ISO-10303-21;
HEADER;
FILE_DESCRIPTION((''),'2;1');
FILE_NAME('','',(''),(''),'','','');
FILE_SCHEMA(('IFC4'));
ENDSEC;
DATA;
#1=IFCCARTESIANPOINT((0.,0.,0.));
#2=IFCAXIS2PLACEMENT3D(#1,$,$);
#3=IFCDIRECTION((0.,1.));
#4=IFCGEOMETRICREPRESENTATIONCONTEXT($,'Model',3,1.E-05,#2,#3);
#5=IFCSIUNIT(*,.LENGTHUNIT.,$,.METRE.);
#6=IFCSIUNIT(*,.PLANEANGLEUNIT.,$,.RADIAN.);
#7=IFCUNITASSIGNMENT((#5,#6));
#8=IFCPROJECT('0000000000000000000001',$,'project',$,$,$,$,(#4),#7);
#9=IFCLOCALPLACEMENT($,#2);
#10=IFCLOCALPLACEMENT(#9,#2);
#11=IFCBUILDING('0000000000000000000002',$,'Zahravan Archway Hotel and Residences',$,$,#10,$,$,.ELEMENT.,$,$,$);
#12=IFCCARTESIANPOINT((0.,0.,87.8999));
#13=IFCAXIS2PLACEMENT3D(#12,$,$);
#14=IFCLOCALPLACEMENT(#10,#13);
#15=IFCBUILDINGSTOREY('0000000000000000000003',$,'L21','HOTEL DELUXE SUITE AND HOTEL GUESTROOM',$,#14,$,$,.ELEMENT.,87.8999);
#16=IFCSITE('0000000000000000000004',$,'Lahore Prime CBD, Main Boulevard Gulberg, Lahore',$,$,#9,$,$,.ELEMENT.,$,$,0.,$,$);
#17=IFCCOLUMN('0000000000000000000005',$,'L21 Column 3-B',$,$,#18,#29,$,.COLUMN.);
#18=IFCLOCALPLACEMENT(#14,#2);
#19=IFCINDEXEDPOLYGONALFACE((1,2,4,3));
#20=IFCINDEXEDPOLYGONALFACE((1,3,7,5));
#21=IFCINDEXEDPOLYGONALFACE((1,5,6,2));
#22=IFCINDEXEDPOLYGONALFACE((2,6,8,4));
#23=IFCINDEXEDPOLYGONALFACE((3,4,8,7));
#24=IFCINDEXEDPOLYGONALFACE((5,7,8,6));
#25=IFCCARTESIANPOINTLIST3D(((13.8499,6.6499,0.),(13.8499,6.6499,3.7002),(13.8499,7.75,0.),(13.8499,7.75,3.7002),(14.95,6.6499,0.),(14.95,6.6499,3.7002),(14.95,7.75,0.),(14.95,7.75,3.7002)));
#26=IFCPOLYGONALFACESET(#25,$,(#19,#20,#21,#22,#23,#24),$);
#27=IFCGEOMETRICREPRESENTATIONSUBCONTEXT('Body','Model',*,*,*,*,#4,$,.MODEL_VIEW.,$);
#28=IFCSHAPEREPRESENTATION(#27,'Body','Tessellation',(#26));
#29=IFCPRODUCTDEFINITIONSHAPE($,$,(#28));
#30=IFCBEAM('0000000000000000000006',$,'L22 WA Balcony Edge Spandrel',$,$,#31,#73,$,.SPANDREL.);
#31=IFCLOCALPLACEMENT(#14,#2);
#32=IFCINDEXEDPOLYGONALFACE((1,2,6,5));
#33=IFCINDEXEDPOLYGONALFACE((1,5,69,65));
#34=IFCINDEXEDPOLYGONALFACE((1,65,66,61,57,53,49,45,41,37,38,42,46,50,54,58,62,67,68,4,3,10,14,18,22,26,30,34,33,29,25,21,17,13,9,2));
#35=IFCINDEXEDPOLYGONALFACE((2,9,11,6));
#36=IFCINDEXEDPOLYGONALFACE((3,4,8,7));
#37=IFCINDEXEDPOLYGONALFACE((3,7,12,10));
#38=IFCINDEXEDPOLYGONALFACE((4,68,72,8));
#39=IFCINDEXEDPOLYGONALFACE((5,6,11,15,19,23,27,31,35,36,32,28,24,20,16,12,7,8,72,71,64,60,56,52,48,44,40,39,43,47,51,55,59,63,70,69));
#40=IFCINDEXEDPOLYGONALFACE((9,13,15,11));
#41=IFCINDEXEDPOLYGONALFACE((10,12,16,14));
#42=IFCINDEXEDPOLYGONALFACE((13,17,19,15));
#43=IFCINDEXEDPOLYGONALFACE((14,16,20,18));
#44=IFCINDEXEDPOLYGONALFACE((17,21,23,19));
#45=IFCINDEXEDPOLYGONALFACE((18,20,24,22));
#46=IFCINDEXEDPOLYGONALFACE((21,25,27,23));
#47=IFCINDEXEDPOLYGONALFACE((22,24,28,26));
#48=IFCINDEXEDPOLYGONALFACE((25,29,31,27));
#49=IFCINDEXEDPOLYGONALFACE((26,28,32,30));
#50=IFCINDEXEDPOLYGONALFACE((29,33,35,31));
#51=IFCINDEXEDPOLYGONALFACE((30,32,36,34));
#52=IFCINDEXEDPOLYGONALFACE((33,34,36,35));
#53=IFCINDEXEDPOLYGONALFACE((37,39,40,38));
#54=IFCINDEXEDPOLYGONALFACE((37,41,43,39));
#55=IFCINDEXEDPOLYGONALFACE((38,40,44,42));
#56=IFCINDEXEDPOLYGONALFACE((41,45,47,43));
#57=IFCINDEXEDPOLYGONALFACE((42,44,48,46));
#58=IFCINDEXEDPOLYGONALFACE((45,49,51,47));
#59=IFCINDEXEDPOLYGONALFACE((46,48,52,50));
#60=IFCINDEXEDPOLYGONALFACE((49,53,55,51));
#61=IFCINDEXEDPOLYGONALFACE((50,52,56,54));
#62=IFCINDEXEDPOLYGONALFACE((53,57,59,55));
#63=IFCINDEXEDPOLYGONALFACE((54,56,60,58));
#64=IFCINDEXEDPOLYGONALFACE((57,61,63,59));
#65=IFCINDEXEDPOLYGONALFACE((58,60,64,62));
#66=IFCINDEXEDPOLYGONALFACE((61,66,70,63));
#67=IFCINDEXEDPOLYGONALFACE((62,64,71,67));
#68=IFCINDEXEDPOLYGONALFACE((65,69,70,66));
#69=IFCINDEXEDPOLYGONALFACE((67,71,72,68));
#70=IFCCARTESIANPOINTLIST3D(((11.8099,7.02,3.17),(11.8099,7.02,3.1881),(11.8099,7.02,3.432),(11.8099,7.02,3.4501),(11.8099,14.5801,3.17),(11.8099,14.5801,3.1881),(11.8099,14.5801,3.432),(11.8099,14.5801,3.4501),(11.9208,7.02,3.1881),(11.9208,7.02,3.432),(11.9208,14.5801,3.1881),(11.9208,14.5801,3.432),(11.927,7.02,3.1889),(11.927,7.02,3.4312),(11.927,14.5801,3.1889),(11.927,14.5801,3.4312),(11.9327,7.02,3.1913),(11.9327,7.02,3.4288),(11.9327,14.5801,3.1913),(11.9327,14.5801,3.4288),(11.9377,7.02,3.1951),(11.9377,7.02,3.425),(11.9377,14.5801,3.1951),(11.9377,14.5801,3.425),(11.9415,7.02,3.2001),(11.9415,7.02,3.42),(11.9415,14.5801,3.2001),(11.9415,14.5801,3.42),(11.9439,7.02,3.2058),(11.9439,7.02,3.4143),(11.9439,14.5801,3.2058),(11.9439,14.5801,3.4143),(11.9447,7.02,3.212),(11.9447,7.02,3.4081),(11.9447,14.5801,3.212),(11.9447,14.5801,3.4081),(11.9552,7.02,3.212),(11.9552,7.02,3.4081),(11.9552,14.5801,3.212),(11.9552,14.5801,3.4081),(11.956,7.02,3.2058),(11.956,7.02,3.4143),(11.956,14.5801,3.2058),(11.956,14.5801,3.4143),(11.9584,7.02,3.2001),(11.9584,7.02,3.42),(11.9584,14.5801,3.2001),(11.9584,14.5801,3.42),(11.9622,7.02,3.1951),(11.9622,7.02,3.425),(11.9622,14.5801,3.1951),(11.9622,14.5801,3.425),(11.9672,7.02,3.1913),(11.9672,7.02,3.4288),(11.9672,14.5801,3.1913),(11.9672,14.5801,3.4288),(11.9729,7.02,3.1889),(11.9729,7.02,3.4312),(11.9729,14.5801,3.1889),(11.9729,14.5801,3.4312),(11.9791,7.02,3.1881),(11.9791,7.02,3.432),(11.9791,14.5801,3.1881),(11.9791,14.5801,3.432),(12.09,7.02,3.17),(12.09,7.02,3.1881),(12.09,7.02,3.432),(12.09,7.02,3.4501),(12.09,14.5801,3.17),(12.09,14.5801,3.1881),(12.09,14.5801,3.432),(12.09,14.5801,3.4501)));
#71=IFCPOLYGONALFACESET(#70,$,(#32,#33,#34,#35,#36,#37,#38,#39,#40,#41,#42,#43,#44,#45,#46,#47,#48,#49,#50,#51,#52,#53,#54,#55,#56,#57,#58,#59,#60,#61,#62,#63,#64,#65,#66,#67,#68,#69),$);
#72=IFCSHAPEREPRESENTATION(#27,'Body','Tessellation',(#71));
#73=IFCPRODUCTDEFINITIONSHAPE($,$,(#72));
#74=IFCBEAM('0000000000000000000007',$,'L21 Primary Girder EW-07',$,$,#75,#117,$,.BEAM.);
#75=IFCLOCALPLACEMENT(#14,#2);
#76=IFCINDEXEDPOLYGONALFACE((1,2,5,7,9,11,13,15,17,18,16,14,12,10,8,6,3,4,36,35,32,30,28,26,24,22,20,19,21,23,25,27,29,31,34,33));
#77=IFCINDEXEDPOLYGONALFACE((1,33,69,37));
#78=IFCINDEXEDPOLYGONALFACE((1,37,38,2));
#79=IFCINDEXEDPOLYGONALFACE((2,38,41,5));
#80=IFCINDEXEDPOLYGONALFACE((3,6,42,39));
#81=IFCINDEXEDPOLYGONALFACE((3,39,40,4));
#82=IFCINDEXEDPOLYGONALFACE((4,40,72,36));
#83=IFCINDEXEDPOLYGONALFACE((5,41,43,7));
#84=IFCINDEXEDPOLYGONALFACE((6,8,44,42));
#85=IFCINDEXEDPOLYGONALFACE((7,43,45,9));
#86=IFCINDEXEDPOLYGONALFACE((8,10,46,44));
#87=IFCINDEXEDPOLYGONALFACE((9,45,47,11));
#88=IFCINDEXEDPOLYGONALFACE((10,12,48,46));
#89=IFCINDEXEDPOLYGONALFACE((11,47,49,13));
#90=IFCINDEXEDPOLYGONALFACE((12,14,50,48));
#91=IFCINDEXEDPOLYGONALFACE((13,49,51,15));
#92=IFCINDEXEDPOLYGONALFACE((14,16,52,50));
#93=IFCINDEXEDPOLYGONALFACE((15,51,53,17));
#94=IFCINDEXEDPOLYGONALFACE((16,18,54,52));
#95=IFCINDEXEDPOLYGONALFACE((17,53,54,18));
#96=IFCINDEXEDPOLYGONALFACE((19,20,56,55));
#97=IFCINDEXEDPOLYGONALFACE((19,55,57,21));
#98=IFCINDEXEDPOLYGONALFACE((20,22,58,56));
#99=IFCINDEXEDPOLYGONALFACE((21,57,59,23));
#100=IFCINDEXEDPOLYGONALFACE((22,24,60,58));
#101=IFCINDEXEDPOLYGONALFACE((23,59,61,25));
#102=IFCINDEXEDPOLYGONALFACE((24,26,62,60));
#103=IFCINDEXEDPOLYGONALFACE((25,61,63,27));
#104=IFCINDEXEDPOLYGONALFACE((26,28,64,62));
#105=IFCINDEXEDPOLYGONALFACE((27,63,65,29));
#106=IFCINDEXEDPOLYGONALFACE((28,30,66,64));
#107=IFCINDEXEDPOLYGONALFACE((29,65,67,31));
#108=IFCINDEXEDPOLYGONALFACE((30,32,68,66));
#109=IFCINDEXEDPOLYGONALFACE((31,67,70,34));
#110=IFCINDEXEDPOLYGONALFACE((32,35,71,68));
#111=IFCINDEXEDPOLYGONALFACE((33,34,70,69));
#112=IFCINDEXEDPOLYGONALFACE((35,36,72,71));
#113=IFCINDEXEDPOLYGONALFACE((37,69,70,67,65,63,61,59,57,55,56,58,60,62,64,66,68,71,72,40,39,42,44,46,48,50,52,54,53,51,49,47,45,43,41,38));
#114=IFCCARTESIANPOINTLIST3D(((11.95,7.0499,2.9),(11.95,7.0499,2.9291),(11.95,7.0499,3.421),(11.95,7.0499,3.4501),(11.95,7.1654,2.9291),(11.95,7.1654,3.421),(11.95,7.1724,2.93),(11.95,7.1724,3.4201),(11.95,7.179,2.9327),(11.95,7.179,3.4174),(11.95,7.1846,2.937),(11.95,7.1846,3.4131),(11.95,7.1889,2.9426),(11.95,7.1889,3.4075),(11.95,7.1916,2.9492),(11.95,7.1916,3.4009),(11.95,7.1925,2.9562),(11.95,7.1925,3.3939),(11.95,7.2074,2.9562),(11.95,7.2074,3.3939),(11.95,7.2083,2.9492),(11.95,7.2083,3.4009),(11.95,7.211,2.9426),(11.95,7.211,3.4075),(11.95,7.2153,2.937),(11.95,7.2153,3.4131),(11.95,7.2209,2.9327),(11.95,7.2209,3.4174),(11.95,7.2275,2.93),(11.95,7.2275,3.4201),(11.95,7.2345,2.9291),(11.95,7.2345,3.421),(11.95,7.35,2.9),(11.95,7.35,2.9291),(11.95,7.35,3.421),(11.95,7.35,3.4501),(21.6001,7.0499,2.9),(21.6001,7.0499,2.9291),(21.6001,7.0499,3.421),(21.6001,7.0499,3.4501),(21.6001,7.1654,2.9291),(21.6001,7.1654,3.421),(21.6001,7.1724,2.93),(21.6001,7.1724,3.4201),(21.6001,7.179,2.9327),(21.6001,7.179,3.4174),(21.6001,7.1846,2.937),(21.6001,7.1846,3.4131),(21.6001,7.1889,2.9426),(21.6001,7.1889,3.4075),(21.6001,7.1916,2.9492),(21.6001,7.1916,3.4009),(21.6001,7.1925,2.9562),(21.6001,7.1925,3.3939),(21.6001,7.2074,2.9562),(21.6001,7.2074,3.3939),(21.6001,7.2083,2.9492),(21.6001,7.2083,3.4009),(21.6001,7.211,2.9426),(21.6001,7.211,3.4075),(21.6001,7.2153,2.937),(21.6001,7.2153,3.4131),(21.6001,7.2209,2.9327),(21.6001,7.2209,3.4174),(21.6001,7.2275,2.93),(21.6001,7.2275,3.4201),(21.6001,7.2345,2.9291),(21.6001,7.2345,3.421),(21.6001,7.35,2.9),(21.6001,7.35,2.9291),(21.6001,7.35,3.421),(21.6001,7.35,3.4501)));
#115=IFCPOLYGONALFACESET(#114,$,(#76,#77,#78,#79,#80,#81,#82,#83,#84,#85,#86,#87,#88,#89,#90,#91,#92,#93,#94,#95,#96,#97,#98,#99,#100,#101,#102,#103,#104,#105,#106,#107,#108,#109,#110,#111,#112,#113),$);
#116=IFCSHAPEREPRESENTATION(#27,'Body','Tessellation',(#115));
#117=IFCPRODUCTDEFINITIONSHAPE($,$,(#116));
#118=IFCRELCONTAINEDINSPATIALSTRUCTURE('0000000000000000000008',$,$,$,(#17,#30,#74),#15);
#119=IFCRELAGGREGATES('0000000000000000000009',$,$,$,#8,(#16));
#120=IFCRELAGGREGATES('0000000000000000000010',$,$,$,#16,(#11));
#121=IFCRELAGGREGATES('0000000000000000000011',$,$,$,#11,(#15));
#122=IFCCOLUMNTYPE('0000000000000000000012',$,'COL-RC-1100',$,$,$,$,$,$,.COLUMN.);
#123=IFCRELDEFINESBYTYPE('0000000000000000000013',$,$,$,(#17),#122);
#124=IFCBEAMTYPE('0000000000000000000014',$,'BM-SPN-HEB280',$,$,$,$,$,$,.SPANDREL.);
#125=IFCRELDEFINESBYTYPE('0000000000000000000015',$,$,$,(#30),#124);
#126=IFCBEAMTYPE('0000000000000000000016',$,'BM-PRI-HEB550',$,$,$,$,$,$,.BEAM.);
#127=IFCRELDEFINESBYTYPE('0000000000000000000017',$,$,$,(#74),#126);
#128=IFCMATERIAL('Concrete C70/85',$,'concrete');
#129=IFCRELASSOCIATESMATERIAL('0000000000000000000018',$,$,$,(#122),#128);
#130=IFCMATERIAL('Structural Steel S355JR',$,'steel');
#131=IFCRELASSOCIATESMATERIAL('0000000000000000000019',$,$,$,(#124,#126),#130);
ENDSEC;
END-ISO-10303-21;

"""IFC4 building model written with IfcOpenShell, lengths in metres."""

from ifc_helpers import new_model, si_unit, direction, frame, origin, origin_2d, place, context, subcontext, project, spatial, rectangle, i_section, extrude, source, transform, mapped, material, material_profile, profile_set, type_object, type_shapes, element, save


model = new_model("IFC4")

# Units and contexts
model_context = context("Model", 3, precision=1e-05, world=origin(), true_north=direction((0.0, 1.0)))
body_context = subcontext(model_context, "Body", "Model", "MODEL_VIEW")
ifc_project = project(units=[si_unit("LENGTHUNIT", "METRE"), si_unit("PLANEANGLEUNIT", "RADIAN")], contexts=[model_context])

# Site, building, storey
site_placement = place(None, origin())
site = spatial("IfcSite", under=ifc_project, at=site_placement, Name="Lahore Prime CBD, Main Boulevard Gulberg, Lahore", CompositionType="ELEMENT", RefElevation=0.0)
building_placement = place(site_placement, origin())
building = spatial("IfcBuilding", under=site, at=building_placement, Name="Zahravan Archway Hotel and Residences", CompositionType="ELEMENT")
storey_placement = place(building_placement, frame((0.0, 0.0, 87.8999)))
storey = spatial("IfcBuildingStorey", under=building, at=storey_placement, Name="L21", Description="HOTEL DELUXE SUITE AND HOTEL GUESTROOM", CompositionType="ELEMENT", Elevation=87.8999)

# Column
ifc_material_1 = material(Name="Concrete C70/85", Category="concrete")
ifc_material_profile_1 = material_profile(ifc_material_1, rectangle(XDim=1.1001, YDim=1.1001, at=origin_2d()), Name="RC 1100x1100", Category="concrete")
ifc_profile_set_1 = profile_set([ifc_material_profile_1], Name="Concrete C70/85")
column_type = type_object("IfcColumnType", Name="COL-RC-1100", PredefinedType="COLUMN", material=ifc_profile_set_1)
shared_shape_1 = source(origin(), body_context, "Body", "SweptSolid", [
    extrude(rectangle(XDim=1.1001, YDim=1.1001, at=origin_2d()), origin(), (0.0, 0.0, 1.0), 3.7002),
])
column_placement = place(storey_placement, frame((14.3999, 7.2, 0.0), z_axis=(0.0, 0.0, 1.0), x_axis=(1.0, 0.0, 0.0)))
element("IfcColumn", 1, at=column_placement, inside=storey, type_object=column_type, Name="L21 Column 3-B", PredefinedType="COLUMN", context=body_context, shape_type="MappedRepresentation", body=[
    mapped(shared_shape_1, transform((0.0, 0.0, 0.0), scale=1.0)),
])

# Beams
ifc_material_2 = material(Name="Structural Steel S355JR", Category="steel")
ifc_material_profile_2 = material_profile(ifc_material_2, i_section(OverallWidth=0.28, OverallDepth=0.28, WebThickness=0.0105, FlangeThickness=0.0181, FilletRadius=0.0239, at=origin_2d()), Name="HEB 280", Category="steel")
ifc_profile_set_2 = profile_set([ifc_material_profile_2], Name="Structural Steel S355JR")
beam_type_1 = type_object("IfcBeamType", Name="BM-SPN-HEB280", PredefinedType="SPANDREL", material=ifc_profile_set_2)
shared_shape_2 = source(origin(), body_context, "Body", "SweptSolid", [
    extrude(i_section(OverallWidth=0.28, OverallDepth=0.28, WebThickness=0.0105, FlangeThickness=0.0181, FilletRadius=0.0239, at=origin_2d()), origin(), (0.0, 0.0, 1.0), 7.5601),
])
type_shapes(beam_type_1, [shared_shape_2])
beam_1_placement = place(storey_placement, frame((11.95, 7.02, 3.3101), z_axis=(0.0, 1.0, 0.0), x_axis=(-1.0, 0.0, 0.0)))
element("IfcBeam", 2, at=beam_1_placement, inside=storey, type_object=beam_type_1, Name="L22 WA Balcony Edge Spandrel", PredefinedType="SPANDREL", context=body_context, shape_type="MappedRepresentation", body=[
    mapped(shared_shape_2, transform((0.0, 0.0, 0.0), scale=1.0)),
])
ifc_material_profile_3 = material_profile(ifc_material_2, i_section(OverallWidth=0.3, OverallDepth=0.55, WebThickness=0.0149, FlangeThickness=0.0291, FilletRadius=0.0271, at=origin_2d()), Name="HEB 550", Category="steel")
ifc_profile_set_3 = profile_set([ifc_material_profile_3], Name="Structural Steel S355JR")
beam_type_2 = type_object("IfcBeamType", Name="BM-PRI-HEB550", PredefinedType="BEAM", material=ifc_profile_set_3)
shared_shape_3 = source(origin(), body_context, "Body", "SweptSolid", [
    extrude(i_section(OverallWidth=0.3, OverallDepth=0.55, WebThickness=0.0149, FlangeThickness=0.0291, FilletRadius=0.0271, at=origin_2d()), origin(), (0.0, 0.0, 1.0), 9.6501),
])
beam_2_placement = place(storey_placement, frame((11.95, 7.2, 3.175), z_axis=(1.0, 0.0, 0.0), x_axis=(0.0, 1.0, 0.0)))
element("IfcBeam", 3, at=beam_2_placement, inside=storey, type_object=beam_type_2, Name="L21 Primary Girder EW-07", PredefinedType="BEAM", context=body_context, shape_type="MappedRepresentation", body=[
    mapped(shared_shape_3, transform((0.0, 0.0, 0.0), scale=1.0)),
])

save(model, "model.ifc")
